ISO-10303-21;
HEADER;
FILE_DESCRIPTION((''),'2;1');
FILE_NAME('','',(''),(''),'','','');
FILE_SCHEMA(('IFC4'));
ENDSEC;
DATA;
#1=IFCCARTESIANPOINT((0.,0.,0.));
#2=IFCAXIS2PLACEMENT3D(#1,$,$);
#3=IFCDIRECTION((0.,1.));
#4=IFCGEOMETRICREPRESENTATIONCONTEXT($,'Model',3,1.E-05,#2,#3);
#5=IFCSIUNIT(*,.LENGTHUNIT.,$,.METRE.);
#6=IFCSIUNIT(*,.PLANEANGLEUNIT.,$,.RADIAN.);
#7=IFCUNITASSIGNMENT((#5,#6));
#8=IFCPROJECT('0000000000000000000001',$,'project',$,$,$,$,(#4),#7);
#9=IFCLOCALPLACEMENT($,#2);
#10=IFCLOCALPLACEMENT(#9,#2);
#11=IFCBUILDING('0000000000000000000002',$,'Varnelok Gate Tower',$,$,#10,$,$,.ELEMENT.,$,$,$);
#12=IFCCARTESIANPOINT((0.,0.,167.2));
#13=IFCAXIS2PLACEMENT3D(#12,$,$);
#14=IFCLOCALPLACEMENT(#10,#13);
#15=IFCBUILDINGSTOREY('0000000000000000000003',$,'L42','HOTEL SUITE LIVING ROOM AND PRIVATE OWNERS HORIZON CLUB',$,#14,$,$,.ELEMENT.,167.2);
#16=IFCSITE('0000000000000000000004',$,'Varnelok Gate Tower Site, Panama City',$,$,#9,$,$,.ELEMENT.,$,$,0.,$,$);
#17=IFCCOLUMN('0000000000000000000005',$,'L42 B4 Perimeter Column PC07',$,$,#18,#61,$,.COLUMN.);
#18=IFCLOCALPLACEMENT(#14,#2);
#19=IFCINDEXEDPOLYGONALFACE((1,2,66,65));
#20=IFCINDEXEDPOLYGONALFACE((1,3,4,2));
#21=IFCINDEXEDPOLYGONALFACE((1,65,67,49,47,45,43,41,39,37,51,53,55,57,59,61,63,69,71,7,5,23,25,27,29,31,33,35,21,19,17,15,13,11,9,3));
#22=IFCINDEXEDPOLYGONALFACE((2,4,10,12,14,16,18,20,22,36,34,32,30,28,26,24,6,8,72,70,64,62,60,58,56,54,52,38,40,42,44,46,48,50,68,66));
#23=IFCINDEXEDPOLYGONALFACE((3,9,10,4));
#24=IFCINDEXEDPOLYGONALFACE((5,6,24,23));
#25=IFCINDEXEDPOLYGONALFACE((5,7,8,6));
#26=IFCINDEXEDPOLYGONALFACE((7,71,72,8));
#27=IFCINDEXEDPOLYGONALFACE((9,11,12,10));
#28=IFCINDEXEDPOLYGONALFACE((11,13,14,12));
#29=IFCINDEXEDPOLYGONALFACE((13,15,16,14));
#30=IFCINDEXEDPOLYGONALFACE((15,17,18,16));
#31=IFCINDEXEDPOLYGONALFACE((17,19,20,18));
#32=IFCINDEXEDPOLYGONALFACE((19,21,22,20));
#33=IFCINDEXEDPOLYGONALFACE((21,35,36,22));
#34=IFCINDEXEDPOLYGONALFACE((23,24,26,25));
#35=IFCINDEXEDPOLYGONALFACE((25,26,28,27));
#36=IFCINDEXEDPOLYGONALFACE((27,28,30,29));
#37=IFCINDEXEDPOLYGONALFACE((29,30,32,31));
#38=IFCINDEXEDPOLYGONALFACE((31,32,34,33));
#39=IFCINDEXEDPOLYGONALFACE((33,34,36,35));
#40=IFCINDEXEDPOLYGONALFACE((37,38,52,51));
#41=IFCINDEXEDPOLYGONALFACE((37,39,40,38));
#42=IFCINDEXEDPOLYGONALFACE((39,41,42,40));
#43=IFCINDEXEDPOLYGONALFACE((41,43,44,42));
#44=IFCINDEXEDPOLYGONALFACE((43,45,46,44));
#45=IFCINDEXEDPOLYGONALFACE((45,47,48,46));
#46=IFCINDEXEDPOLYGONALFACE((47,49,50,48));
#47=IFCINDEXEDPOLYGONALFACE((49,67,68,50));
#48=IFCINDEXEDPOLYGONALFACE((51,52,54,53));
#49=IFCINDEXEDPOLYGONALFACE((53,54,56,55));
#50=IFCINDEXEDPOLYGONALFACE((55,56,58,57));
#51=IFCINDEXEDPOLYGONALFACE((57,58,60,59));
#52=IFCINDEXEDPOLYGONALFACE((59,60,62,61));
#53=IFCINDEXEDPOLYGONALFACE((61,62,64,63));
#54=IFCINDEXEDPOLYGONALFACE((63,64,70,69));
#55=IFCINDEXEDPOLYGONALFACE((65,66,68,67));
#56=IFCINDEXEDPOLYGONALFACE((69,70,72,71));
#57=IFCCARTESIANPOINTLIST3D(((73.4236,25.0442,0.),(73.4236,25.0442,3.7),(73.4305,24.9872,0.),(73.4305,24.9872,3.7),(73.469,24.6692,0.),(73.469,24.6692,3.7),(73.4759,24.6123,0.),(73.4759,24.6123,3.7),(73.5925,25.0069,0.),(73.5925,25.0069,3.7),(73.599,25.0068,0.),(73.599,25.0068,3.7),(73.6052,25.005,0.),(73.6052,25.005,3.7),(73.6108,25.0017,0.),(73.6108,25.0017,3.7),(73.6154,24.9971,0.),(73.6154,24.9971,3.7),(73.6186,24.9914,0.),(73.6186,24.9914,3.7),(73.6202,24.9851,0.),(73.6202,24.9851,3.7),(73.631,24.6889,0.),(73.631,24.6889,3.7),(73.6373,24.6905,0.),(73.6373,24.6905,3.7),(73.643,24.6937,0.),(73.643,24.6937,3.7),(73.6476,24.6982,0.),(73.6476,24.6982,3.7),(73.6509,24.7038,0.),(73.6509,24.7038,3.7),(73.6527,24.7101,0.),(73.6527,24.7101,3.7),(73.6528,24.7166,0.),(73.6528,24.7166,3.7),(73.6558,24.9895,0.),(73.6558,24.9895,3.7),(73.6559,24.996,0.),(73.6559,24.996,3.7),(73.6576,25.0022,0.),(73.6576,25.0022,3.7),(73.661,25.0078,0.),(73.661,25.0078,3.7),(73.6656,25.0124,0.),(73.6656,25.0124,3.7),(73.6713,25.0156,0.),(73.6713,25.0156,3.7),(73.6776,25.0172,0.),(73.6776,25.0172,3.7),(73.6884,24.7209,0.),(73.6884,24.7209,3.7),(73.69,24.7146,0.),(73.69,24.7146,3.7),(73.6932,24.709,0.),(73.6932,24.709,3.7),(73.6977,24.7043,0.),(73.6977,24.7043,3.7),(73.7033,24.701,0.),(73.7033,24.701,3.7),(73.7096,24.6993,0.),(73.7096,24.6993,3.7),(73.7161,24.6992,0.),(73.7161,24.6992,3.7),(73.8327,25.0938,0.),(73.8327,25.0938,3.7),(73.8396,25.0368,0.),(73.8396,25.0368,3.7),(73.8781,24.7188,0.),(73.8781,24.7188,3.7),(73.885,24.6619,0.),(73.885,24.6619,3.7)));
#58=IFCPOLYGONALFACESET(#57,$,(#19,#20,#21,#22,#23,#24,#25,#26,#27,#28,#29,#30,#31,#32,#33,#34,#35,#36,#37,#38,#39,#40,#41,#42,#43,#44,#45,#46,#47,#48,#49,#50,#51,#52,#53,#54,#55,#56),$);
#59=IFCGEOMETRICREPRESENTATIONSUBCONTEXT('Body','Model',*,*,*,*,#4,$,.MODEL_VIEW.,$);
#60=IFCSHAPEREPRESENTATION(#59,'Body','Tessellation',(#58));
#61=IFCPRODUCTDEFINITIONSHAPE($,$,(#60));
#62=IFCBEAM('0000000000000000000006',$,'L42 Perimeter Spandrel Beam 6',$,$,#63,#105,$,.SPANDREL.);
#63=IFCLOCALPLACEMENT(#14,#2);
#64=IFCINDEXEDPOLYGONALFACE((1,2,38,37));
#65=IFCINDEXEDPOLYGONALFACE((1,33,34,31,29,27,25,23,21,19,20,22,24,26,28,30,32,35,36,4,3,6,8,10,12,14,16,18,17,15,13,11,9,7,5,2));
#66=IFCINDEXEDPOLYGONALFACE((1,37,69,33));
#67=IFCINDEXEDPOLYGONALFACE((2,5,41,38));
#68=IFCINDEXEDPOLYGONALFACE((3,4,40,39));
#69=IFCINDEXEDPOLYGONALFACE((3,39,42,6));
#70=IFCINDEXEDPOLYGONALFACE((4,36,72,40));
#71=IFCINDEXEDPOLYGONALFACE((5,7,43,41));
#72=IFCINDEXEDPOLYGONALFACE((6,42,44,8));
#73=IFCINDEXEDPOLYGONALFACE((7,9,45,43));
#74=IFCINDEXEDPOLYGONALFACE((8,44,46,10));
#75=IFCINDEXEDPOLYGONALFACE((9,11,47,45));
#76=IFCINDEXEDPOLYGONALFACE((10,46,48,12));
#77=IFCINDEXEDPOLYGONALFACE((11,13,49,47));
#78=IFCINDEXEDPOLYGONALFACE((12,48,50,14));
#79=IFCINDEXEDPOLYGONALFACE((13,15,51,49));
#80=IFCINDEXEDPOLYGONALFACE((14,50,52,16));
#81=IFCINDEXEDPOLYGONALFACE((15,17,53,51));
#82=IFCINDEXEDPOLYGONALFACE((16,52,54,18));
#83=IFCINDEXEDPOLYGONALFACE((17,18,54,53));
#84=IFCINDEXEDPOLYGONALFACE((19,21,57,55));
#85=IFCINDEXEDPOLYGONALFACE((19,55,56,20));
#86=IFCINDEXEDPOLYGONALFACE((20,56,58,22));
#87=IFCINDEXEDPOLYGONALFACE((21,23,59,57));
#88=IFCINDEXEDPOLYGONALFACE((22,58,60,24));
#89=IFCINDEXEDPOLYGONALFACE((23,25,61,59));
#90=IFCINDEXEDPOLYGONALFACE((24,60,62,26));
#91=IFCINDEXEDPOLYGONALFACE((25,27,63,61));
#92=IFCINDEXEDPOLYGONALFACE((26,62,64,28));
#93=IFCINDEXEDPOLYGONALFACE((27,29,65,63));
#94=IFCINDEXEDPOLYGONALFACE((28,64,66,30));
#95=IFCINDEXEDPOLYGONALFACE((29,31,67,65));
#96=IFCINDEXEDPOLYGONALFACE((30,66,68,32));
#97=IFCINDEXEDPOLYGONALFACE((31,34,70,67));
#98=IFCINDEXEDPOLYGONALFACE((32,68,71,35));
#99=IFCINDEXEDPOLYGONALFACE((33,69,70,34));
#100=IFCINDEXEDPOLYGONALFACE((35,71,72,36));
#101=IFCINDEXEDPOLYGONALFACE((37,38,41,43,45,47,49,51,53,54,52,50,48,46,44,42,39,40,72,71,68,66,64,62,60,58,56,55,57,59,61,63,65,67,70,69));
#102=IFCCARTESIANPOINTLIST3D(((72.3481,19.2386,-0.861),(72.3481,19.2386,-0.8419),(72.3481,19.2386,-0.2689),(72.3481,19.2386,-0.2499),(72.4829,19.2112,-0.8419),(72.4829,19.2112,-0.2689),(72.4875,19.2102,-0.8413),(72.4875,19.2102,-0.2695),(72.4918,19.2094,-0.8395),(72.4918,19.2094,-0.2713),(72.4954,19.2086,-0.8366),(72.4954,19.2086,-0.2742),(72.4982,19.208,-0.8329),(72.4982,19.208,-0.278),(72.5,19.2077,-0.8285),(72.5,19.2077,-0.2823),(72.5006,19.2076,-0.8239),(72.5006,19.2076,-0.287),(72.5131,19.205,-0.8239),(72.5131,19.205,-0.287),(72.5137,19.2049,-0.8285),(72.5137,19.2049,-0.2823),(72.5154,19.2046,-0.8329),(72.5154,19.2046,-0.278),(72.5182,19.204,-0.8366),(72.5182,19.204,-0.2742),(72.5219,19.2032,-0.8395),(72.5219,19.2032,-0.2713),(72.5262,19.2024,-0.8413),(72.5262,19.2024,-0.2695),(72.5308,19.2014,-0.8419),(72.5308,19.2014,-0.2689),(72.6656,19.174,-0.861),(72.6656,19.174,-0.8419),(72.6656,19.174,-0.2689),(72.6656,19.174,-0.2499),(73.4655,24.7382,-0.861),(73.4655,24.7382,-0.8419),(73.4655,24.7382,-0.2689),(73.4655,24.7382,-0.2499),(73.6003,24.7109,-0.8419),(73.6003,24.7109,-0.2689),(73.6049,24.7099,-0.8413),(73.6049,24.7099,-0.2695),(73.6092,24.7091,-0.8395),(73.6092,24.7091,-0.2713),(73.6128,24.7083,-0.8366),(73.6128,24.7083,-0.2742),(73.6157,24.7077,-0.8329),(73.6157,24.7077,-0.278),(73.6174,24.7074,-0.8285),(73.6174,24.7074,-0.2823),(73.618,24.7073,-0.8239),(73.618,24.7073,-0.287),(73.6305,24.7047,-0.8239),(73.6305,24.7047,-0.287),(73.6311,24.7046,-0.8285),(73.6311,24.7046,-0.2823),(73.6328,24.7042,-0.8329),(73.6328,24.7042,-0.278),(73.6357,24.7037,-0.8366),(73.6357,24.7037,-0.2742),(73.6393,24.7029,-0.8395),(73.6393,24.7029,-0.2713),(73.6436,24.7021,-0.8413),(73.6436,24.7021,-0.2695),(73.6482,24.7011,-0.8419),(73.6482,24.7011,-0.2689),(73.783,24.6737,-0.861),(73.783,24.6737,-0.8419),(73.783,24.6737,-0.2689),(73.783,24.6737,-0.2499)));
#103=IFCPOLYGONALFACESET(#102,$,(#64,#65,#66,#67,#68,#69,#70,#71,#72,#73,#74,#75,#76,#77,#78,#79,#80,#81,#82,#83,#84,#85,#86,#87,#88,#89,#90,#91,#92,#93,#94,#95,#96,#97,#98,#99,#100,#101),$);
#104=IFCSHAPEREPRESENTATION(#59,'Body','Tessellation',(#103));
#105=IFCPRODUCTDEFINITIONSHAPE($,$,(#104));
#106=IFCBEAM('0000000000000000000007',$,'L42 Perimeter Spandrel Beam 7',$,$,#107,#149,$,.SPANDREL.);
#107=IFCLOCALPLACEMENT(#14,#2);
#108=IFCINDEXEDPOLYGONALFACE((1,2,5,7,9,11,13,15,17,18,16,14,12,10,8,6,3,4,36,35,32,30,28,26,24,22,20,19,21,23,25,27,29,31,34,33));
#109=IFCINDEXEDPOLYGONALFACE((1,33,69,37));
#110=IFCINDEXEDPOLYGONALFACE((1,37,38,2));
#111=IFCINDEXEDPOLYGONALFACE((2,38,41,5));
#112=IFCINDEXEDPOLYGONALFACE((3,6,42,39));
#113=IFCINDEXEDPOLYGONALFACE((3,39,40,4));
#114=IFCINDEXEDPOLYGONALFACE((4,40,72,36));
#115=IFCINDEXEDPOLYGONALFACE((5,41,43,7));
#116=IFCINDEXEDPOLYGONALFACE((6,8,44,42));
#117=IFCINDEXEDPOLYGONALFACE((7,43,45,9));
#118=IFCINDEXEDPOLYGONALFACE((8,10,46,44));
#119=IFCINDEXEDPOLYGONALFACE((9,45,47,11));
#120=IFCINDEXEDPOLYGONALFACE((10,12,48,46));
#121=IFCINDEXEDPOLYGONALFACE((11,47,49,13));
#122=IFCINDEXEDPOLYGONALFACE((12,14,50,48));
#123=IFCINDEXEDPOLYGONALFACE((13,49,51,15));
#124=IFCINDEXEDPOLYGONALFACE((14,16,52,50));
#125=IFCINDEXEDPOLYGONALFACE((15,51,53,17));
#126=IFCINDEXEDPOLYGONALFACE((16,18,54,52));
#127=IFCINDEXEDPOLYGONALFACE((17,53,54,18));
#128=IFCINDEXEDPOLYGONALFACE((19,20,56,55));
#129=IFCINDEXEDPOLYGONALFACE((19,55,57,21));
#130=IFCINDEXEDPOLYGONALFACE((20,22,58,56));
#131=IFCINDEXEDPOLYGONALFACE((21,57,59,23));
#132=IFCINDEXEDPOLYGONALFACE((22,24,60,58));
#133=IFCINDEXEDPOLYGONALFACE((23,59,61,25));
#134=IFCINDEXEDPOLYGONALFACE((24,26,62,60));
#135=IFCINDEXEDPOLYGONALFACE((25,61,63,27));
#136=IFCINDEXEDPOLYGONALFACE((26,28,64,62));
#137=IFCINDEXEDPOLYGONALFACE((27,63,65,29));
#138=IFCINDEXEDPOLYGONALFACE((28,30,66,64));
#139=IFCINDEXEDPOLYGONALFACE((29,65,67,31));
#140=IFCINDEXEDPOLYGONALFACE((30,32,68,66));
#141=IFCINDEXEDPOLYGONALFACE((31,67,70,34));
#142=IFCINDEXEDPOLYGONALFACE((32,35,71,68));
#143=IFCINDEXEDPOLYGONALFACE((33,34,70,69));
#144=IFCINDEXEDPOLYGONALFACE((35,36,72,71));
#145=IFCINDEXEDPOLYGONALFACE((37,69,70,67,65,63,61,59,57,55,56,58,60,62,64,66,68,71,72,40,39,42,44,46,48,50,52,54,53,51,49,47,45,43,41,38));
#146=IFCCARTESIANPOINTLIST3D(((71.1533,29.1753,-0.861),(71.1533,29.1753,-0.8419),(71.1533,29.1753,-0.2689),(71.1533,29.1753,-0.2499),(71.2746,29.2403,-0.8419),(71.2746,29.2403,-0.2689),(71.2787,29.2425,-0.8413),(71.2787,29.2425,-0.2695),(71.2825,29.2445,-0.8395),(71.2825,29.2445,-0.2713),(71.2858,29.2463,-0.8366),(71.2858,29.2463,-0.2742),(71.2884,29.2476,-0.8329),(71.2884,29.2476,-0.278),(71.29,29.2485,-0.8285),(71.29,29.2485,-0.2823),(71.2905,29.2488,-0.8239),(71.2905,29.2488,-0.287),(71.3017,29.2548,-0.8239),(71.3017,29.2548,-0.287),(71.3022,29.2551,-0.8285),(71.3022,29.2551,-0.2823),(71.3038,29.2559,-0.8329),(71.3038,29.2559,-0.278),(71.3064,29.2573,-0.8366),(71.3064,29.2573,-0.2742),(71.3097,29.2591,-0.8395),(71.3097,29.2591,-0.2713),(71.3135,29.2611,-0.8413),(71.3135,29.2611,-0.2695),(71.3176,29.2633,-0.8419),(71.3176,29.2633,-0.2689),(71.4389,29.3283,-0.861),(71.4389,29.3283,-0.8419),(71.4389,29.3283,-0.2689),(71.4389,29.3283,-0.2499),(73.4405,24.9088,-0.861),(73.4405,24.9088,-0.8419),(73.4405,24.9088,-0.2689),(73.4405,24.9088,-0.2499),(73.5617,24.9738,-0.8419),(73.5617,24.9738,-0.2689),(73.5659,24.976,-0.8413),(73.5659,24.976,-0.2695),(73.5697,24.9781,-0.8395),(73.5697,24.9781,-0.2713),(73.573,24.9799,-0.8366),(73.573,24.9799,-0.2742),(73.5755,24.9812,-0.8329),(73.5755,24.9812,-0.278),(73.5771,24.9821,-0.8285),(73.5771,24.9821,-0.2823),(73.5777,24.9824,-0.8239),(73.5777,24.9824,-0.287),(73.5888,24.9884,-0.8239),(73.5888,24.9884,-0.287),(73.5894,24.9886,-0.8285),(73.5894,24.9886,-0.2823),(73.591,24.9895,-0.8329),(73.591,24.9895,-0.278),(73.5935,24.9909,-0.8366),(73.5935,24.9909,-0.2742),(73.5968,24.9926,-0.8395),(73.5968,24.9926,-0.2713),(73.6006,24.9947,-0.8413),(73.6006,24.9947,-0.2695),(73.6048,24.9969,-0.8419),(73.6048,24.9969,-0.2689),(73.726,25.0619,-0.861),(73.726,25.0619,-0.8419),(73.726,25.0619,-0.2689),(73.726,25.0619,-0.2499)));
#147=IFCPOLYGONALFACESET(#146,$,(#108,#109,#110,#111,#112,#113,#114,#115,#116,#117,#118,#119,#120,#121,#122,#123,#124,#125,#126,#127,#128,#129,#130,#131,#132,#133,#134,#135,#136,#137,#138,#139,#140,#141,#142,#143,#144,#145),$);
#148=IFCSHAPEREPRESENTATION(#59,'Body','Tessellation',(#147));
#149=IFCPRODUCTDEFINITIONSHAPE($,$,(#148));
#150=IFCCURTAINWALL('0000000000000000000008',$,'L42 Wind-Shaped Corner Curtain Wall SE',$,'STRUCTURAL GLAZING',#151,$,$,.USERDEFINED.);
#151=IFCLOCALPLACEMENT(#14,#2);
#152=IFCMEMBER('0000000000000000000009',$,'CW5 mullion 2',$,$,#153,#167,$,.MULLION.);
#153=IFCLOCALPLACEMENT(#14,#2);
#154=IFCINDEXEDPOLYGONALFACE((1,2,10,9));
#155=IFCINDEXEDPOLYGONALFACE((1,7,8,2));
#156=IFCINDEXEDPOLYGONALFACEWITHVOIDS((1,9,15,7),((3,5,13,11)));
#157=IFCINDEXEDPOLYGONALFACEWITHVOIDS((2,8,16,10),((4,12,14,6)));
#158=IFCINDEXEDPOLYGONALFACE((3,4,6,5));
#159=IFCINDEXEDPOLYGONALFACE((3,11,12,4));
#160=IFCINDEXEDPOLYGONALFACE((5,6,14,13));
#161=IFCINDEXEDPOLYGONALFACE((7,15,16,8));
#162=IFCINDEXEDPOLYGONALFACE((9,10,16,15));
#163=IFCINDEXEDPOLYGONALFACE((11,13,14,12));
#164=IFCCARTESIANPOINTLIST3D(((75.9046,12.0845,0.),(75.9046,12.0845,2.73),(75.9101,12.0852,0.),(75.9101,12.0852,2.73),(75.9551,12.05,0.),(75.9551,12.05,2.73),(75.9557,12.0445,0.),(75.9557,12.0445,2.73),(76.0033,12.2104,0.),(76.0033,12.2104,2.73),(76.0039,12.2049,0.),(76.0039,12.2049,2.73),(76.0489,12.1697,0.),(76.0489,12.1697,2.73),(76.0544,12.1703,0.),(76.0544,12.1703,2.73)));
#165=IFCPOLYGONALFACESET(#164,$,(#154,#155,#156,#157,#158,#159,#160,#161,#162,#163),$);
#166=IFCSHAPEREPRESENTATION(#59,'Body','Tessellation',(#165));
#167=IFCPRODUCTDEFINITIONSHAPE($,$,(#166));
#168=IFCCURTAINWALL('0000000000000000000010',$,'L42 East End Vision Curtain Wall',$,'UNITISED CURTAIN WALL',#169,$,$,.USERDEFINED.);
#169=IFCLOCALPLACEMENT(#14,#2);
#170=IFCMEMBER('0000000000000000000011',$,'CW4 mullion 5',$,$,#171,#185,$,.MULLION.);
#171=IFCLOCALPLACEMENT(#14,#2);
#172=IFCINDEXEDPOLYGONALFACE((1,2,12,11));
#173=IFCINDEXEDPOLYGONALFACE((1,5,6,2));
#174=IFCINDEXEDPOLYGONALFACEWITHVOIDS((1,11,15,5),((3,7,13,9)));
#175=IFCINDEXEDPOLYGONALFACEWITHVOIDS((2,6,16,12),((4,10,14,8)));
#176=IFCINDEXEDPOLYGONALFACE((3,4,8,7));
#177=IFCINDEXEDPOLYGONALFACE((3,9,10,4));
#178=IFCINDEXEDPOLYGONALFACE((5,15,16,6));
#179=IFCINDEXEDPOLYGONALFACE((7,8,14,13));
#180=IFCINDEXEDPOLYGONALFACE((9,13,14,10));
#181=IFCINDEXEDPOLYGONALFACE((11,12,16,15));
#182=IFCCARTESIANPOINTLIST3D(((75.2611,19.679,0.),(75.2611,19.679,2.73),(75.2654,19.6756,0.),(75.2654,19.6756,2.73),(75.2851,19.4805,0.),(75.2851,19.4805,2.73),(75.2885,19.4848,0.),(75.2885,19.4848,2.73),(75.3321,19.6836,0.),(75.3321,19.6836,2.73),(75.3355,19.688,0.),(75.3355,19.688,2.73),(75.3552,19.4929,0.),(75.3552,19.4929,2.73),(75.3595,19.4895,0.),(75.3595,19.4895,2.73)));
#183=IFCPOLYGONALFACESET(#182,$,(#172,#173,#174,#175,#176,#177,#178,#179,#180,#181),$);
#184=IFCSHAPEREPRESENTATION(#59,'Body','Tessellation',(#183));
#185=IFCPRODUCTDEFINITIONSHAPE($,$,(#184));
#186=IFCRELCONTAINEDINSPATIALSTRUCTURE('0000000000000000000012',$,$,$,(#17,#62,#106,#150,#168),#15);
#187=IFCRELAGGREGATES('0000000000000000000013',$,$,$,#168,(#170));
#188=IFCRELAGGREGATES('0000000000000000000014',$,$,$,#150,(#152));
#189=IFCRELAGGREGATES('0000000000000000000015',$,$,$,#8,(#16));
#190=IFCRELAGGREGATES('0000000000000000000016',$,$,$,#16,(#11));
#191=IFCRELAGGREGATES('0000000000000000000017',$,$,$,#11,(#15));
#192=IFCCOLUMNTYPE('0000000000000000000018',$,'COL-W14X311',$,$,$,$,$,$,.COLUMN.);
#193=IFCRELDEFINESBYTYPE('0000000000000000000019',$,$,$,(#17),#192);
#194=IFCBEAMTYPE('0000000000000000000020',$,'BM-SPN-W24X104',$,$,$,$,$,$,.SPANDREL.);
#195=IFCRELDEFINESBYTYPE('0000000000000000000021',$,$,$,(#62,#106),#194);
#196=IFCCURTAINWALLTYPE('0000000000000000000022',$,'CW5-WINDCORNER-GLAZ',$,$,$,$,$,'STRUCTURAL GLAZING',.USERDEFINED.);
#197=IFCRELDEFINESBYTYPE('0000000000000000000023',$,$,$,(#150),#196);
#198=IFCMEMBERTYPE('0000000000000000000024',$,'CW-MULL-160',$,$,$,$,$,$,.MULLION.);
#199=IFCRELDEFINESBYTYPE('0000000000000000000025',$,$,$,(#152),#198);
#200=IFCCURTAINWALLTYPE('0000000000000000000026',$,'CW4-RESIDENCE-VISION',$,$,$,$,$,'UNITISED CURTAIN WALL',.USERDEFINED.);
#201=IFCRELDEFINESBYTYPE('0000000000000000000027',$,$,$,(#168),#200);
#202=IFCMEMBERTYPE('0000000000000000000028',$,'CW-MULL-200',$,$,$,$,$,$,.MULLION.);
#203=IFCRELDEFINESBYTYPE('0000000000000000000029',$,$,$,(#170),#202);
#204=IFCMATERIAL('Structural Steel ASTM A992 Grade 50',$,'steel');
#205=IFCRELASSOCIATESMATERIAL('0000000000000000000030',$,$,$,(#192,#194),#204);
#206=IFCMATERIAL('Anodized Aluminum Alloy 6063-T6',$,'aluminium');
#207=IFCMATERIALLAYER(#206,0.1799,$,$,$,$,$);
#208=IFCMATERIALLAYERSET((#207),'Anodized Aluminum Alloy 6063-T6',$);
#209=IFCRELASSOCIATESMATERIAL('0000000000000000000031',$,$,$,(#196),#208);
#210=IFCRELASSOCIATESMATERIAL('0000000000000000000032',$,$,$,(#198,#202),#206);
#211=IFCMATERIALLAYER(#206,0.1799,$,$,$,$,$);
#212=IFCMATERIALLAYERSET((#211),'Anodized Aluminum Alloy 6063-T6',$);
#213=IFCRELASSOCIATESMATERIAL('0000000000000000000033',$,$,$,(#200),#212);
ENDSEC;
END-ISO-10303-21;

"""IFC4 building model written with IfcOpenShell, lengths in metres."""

from ifc_helpers import new_model, si_unit, direction, frame, origin, origin_2d, place, context, subcontext, project, spatial, hollow_rectangle, i_section, extrude, material, layer, layer_set, material_profile, profile_set, type_object, element, aggregate, save


model = new_model("IFC4")

# Units and contexts
model_context = context("Model", 3, precision=1e-05, world=origin(), true_north=direction((0.0, 1.0)))
body_context = subcontext(model_context, "Body", "Model", "MODEL_VIEW")
ifc_project = project(units=[si_unit("LENGTHUNIT", "METRE"), si_unit("PLANEANGLEUNIT", "RADIAN")], contexts=[model_context])

# Site, building, storey
site_placement = place(None, origin())
site = spatial("IfcSite", under=ifc_project, at=site_placement, Name="Varnelok Gate Tower Site, Panama City", CompositionType="ELEMENT", RefElevation=0.0)
building_placement = place(site_placement, origin())
building = spatial("IfcBuilding", under=site, at=building_placement, Name="Varnelok Gate Tower", CompositionType="ELEMENT")
storey_placement = place(building_placement, frame((0.0, 0.0, 167.2)))
storey = spatial("IfcBuildingStorey", under=building, at=storey_placement, Name="L42", Description="HOTEL SUITE LIVING ROOM AND PRIVATE OWNERS HORIZON CLUB", CompositionType="ELEMENT", Elevation=167.2)

# Column
ifc_material_1 = material(Name="Structural Steel ASTM A992 Grade 50", Category="steel")
ifc_material_profile_1 = material_profile(ifc_material_1, i_section(OverallWidth=0.4121, OverallDepth=0.4351, WebThickness=0.0359, FlangeThickness=0.0574, FilletRadius=0.0249, at=origin_2d()), Name="W14X311")
ifc_profile_set_1 = profile_set([ifc_material_profile_1], Name="Structural Steel ASTM A992 Grade 50")
column_type = type_object("IfcColumnType", Name="COL-W14X311", PredefinedType="COLUMN", material=ifc_profile_set_1)
column_placement = place(storey_placement, frame((73.6543, 24.853, 0.0), z_axis=(0.0, 0.0, 1.0), x_axis=(0.992732, 0.120345, 0.0)))
element("IfcColumn", 1, at=column_placement, inside=storey, type_object=column_type, Name="L42 B4 Perimeter Column PC07", PredefinedType="COLUMN", context=body_context, shape_type="SweptSolid", body=[
    extrude(i_section(OverallWidth=0.4121, OverallDepth=0.4351, WebThickness=0.0359, FlangeThickness=0.0574, FilletRadius=0.0249, at=origin_2d()), origin(), (0.0, 0.0, 1.0), 3.7),
])

# Beams
ifc_material_profile_2 = material_profile(ifc_material_1, i_section(OverallWidth=0.324, OverallDepth=0.6111, WebThickness=0.0127, FlangeThickness=0.019, FilletRadius=0.0181, at=origin_2d()), Name="W24X104")
ifc_profile_set_2 = profile_set([ifc_material_profile_2], Name="Structural Steel ASTM A992 Grade 50")
beam_type = type_object("IfcBeamType", Name="BM-SPN-W24X104", PredefinedType="SPANDREL", material=ifc_profile_set_2)
beam_1_placement = place(storey_placement, frame((72.5068, 19.2063, -0.5554), z_axis=(0.19911, 0.979977, 0.0), x_axis=(-0.979977, 0.19911, 0.0)))
element("IfcBeam", 2, at=beam_1_placement, inside=storey, type_object=beam_type, Name="L42 Perimeter Spandrel Beam 6", PredefinedType="SPANDREL", context=body_context, shape_type="SweptSolid", body=[
    extrude(i_section(OverallWidth=0.324, OverallDepth=0.6111, WebThickness=0.0127, FlangeThickness=0.019, FilletRadius=0.0181, at=origin_2d()), origin(), (0.0, 0.0, 1.0), 5.6121),
])
beam_2_placement = place(storey_placement, frame((73.5833, 24.9854, -0.5554), z_axis=(-0.472472, 0.881346, 0.0), x_axis=(-0.881346, -0.472472, 0.0)))
element("IfcBeam", 3, at=beam_2_placement, inside=storey, type_object=beam_type, Name="L42 Perimeter Spandrel Beam 7", PredefinedType="SPANDREL", context=body_context, shape_type="SweptSolid", body=[
    extrude(i_section(OverallWidth=0.324, OverallDepth=0.6111, WebThickness=0.0127, FlangeThickness=0.019, FilletRadius=0.0181, at=origin_2d()), origin(), (0.0, 0.0, 1.0), 4.8408),
])

# Curtain wall, member
ifc_material_2 = material(Name="Anodized Aluminum Alloy 6063-T6", Category="aluminium")
ifc_layer_1 = layer(ifc_material_2, 0.1799)
ifc_layer_set_1 = layer_set([ifc_layer_1], Name="Anodized Aluminum Alloy 6063-T6")
curtain_wall_type_1 = type_object("IfcCurtainWallType", Name="CW5-WINDCORNER-GLAZ", ElementType="STRUCTURAL GLAZING", PredefinedType="USERDEFINED", material=ifc_layer_set_1)
curtain_wall_1_placement = place(storey_placement, origin())
curtain_wall_1 = element("IfcCurtainWall", 4, at=curtain_wall_1_placement, inside=storey, type_object=curtain_wall_type_1, Name="L42 Wind-Shaped Corner Curtain Wall SE", ObjectType="STRUCTURAL GLAZING", PredefinedType="USERDEFINED")
ifc_material_profile_3 = material_profile(ifc_material_2, hollow_rectangle(XDim=0.0649, YDim=0.1599, WallThickness=0.0039, at=origin_2d()), Name="ALU160X65X4")
ifc_profile_set_3 = profile_set([ifc_material_profile_3], Name="Anodized Aluminum Alloy 6063-T6")
member_type_1 = type_object("IfcMemberType", Name="CW-MULL-160", PredefinedType="MULLION", material=ifc_profile_set_3)
member_1_placement = place(storey_placement, frame((75.9795, 12.1274, 0.0), z_axis=(0.0, 0.0, 1.0), x_axis=(-0.787064, 0.616871, 0.0)))
member_1 = element("IfcMember", 5, at=member_1_placement, type_object=member_type_1, Name="CW5 mullion 2", PredefinedType="MULLION", context=body_context, shape_type="SweptSolid", body=[
    extrude(hollow_rectangle(XDim=0.0649, YDim=0.1599, WallThickness=0.0039, at=origin_2d()), origin(), (0.0, 0.0, 1.0), 2.73),
])

# Curtain wall, member
ifc_layer_2 = layer(ifc_material_2, 0.1799)
ifc_layer_set_2 = layer_set([ifc_layer_2], Name="Anodized Aluminum Alloy 6063-T6")
curtain_wall_type_2 = type_object("IfcCurtainWallType", Name="CW4-RESIDENCE-VISION", ElementType="UNITISED CURTAIN WALL", PredefinedType="USERDEFINED", material=ifc_layer_set_2)
curtain_wall_2_placement = place(storey_placement, origin())
curtain_wall_2 = element("IfcCurtainWall", 6, at=curtain_wall_2_placement, inside=storey, type_object=curtain_wall_type_2, Name="L42 East End Vision Curtain Wall", ObjectType="UNITISED CURTAIN WALL", PredefinedType="USERDEFINED")
ifc_material_profile_4 = material_profile(ifc_material_2, hollow_rectangle(XDim=0.075, YDim=0.2, WallThickness=0.0039, at=origin_2d()), Name="ALU200X75X4")
ifc_profile_set_4 = profile_set([ifc_material_profile_4], Name="Anodized Aluminum Alloy 6063-T6")
member_type_2 = type_object("IfcMemberType", Name="CW-MULL-200", PredefinedType="MULLION", material=ifc_profile_set_4)
member_2_placement = place(storey_placement, frame((75.3103, 19.5842, 0.0), z_axis=(0.0, 0.0, 1.0), x_axis=(0.992732, 0.120345, 0.0)))
member_2 = element("IfcMember", 7, at=member_2_placement, type_object=member_type_2, Name="CW4 mullion 5", PredefinedType="MULLION", context=body_context, shape_type="SweptSolid", body=[
    extrude(hollow_rectangle(XDim=0.075, YDim=0.2, WallThickness=0.0039, at=origin_2d()), origin(), (0.0, 0.0, 1.0), 2.73),
])
aggregate(curtain_wall_2, [member_2])

aggregate(curtain_wall_1, [member_1])

save(model, "model.ifc")
